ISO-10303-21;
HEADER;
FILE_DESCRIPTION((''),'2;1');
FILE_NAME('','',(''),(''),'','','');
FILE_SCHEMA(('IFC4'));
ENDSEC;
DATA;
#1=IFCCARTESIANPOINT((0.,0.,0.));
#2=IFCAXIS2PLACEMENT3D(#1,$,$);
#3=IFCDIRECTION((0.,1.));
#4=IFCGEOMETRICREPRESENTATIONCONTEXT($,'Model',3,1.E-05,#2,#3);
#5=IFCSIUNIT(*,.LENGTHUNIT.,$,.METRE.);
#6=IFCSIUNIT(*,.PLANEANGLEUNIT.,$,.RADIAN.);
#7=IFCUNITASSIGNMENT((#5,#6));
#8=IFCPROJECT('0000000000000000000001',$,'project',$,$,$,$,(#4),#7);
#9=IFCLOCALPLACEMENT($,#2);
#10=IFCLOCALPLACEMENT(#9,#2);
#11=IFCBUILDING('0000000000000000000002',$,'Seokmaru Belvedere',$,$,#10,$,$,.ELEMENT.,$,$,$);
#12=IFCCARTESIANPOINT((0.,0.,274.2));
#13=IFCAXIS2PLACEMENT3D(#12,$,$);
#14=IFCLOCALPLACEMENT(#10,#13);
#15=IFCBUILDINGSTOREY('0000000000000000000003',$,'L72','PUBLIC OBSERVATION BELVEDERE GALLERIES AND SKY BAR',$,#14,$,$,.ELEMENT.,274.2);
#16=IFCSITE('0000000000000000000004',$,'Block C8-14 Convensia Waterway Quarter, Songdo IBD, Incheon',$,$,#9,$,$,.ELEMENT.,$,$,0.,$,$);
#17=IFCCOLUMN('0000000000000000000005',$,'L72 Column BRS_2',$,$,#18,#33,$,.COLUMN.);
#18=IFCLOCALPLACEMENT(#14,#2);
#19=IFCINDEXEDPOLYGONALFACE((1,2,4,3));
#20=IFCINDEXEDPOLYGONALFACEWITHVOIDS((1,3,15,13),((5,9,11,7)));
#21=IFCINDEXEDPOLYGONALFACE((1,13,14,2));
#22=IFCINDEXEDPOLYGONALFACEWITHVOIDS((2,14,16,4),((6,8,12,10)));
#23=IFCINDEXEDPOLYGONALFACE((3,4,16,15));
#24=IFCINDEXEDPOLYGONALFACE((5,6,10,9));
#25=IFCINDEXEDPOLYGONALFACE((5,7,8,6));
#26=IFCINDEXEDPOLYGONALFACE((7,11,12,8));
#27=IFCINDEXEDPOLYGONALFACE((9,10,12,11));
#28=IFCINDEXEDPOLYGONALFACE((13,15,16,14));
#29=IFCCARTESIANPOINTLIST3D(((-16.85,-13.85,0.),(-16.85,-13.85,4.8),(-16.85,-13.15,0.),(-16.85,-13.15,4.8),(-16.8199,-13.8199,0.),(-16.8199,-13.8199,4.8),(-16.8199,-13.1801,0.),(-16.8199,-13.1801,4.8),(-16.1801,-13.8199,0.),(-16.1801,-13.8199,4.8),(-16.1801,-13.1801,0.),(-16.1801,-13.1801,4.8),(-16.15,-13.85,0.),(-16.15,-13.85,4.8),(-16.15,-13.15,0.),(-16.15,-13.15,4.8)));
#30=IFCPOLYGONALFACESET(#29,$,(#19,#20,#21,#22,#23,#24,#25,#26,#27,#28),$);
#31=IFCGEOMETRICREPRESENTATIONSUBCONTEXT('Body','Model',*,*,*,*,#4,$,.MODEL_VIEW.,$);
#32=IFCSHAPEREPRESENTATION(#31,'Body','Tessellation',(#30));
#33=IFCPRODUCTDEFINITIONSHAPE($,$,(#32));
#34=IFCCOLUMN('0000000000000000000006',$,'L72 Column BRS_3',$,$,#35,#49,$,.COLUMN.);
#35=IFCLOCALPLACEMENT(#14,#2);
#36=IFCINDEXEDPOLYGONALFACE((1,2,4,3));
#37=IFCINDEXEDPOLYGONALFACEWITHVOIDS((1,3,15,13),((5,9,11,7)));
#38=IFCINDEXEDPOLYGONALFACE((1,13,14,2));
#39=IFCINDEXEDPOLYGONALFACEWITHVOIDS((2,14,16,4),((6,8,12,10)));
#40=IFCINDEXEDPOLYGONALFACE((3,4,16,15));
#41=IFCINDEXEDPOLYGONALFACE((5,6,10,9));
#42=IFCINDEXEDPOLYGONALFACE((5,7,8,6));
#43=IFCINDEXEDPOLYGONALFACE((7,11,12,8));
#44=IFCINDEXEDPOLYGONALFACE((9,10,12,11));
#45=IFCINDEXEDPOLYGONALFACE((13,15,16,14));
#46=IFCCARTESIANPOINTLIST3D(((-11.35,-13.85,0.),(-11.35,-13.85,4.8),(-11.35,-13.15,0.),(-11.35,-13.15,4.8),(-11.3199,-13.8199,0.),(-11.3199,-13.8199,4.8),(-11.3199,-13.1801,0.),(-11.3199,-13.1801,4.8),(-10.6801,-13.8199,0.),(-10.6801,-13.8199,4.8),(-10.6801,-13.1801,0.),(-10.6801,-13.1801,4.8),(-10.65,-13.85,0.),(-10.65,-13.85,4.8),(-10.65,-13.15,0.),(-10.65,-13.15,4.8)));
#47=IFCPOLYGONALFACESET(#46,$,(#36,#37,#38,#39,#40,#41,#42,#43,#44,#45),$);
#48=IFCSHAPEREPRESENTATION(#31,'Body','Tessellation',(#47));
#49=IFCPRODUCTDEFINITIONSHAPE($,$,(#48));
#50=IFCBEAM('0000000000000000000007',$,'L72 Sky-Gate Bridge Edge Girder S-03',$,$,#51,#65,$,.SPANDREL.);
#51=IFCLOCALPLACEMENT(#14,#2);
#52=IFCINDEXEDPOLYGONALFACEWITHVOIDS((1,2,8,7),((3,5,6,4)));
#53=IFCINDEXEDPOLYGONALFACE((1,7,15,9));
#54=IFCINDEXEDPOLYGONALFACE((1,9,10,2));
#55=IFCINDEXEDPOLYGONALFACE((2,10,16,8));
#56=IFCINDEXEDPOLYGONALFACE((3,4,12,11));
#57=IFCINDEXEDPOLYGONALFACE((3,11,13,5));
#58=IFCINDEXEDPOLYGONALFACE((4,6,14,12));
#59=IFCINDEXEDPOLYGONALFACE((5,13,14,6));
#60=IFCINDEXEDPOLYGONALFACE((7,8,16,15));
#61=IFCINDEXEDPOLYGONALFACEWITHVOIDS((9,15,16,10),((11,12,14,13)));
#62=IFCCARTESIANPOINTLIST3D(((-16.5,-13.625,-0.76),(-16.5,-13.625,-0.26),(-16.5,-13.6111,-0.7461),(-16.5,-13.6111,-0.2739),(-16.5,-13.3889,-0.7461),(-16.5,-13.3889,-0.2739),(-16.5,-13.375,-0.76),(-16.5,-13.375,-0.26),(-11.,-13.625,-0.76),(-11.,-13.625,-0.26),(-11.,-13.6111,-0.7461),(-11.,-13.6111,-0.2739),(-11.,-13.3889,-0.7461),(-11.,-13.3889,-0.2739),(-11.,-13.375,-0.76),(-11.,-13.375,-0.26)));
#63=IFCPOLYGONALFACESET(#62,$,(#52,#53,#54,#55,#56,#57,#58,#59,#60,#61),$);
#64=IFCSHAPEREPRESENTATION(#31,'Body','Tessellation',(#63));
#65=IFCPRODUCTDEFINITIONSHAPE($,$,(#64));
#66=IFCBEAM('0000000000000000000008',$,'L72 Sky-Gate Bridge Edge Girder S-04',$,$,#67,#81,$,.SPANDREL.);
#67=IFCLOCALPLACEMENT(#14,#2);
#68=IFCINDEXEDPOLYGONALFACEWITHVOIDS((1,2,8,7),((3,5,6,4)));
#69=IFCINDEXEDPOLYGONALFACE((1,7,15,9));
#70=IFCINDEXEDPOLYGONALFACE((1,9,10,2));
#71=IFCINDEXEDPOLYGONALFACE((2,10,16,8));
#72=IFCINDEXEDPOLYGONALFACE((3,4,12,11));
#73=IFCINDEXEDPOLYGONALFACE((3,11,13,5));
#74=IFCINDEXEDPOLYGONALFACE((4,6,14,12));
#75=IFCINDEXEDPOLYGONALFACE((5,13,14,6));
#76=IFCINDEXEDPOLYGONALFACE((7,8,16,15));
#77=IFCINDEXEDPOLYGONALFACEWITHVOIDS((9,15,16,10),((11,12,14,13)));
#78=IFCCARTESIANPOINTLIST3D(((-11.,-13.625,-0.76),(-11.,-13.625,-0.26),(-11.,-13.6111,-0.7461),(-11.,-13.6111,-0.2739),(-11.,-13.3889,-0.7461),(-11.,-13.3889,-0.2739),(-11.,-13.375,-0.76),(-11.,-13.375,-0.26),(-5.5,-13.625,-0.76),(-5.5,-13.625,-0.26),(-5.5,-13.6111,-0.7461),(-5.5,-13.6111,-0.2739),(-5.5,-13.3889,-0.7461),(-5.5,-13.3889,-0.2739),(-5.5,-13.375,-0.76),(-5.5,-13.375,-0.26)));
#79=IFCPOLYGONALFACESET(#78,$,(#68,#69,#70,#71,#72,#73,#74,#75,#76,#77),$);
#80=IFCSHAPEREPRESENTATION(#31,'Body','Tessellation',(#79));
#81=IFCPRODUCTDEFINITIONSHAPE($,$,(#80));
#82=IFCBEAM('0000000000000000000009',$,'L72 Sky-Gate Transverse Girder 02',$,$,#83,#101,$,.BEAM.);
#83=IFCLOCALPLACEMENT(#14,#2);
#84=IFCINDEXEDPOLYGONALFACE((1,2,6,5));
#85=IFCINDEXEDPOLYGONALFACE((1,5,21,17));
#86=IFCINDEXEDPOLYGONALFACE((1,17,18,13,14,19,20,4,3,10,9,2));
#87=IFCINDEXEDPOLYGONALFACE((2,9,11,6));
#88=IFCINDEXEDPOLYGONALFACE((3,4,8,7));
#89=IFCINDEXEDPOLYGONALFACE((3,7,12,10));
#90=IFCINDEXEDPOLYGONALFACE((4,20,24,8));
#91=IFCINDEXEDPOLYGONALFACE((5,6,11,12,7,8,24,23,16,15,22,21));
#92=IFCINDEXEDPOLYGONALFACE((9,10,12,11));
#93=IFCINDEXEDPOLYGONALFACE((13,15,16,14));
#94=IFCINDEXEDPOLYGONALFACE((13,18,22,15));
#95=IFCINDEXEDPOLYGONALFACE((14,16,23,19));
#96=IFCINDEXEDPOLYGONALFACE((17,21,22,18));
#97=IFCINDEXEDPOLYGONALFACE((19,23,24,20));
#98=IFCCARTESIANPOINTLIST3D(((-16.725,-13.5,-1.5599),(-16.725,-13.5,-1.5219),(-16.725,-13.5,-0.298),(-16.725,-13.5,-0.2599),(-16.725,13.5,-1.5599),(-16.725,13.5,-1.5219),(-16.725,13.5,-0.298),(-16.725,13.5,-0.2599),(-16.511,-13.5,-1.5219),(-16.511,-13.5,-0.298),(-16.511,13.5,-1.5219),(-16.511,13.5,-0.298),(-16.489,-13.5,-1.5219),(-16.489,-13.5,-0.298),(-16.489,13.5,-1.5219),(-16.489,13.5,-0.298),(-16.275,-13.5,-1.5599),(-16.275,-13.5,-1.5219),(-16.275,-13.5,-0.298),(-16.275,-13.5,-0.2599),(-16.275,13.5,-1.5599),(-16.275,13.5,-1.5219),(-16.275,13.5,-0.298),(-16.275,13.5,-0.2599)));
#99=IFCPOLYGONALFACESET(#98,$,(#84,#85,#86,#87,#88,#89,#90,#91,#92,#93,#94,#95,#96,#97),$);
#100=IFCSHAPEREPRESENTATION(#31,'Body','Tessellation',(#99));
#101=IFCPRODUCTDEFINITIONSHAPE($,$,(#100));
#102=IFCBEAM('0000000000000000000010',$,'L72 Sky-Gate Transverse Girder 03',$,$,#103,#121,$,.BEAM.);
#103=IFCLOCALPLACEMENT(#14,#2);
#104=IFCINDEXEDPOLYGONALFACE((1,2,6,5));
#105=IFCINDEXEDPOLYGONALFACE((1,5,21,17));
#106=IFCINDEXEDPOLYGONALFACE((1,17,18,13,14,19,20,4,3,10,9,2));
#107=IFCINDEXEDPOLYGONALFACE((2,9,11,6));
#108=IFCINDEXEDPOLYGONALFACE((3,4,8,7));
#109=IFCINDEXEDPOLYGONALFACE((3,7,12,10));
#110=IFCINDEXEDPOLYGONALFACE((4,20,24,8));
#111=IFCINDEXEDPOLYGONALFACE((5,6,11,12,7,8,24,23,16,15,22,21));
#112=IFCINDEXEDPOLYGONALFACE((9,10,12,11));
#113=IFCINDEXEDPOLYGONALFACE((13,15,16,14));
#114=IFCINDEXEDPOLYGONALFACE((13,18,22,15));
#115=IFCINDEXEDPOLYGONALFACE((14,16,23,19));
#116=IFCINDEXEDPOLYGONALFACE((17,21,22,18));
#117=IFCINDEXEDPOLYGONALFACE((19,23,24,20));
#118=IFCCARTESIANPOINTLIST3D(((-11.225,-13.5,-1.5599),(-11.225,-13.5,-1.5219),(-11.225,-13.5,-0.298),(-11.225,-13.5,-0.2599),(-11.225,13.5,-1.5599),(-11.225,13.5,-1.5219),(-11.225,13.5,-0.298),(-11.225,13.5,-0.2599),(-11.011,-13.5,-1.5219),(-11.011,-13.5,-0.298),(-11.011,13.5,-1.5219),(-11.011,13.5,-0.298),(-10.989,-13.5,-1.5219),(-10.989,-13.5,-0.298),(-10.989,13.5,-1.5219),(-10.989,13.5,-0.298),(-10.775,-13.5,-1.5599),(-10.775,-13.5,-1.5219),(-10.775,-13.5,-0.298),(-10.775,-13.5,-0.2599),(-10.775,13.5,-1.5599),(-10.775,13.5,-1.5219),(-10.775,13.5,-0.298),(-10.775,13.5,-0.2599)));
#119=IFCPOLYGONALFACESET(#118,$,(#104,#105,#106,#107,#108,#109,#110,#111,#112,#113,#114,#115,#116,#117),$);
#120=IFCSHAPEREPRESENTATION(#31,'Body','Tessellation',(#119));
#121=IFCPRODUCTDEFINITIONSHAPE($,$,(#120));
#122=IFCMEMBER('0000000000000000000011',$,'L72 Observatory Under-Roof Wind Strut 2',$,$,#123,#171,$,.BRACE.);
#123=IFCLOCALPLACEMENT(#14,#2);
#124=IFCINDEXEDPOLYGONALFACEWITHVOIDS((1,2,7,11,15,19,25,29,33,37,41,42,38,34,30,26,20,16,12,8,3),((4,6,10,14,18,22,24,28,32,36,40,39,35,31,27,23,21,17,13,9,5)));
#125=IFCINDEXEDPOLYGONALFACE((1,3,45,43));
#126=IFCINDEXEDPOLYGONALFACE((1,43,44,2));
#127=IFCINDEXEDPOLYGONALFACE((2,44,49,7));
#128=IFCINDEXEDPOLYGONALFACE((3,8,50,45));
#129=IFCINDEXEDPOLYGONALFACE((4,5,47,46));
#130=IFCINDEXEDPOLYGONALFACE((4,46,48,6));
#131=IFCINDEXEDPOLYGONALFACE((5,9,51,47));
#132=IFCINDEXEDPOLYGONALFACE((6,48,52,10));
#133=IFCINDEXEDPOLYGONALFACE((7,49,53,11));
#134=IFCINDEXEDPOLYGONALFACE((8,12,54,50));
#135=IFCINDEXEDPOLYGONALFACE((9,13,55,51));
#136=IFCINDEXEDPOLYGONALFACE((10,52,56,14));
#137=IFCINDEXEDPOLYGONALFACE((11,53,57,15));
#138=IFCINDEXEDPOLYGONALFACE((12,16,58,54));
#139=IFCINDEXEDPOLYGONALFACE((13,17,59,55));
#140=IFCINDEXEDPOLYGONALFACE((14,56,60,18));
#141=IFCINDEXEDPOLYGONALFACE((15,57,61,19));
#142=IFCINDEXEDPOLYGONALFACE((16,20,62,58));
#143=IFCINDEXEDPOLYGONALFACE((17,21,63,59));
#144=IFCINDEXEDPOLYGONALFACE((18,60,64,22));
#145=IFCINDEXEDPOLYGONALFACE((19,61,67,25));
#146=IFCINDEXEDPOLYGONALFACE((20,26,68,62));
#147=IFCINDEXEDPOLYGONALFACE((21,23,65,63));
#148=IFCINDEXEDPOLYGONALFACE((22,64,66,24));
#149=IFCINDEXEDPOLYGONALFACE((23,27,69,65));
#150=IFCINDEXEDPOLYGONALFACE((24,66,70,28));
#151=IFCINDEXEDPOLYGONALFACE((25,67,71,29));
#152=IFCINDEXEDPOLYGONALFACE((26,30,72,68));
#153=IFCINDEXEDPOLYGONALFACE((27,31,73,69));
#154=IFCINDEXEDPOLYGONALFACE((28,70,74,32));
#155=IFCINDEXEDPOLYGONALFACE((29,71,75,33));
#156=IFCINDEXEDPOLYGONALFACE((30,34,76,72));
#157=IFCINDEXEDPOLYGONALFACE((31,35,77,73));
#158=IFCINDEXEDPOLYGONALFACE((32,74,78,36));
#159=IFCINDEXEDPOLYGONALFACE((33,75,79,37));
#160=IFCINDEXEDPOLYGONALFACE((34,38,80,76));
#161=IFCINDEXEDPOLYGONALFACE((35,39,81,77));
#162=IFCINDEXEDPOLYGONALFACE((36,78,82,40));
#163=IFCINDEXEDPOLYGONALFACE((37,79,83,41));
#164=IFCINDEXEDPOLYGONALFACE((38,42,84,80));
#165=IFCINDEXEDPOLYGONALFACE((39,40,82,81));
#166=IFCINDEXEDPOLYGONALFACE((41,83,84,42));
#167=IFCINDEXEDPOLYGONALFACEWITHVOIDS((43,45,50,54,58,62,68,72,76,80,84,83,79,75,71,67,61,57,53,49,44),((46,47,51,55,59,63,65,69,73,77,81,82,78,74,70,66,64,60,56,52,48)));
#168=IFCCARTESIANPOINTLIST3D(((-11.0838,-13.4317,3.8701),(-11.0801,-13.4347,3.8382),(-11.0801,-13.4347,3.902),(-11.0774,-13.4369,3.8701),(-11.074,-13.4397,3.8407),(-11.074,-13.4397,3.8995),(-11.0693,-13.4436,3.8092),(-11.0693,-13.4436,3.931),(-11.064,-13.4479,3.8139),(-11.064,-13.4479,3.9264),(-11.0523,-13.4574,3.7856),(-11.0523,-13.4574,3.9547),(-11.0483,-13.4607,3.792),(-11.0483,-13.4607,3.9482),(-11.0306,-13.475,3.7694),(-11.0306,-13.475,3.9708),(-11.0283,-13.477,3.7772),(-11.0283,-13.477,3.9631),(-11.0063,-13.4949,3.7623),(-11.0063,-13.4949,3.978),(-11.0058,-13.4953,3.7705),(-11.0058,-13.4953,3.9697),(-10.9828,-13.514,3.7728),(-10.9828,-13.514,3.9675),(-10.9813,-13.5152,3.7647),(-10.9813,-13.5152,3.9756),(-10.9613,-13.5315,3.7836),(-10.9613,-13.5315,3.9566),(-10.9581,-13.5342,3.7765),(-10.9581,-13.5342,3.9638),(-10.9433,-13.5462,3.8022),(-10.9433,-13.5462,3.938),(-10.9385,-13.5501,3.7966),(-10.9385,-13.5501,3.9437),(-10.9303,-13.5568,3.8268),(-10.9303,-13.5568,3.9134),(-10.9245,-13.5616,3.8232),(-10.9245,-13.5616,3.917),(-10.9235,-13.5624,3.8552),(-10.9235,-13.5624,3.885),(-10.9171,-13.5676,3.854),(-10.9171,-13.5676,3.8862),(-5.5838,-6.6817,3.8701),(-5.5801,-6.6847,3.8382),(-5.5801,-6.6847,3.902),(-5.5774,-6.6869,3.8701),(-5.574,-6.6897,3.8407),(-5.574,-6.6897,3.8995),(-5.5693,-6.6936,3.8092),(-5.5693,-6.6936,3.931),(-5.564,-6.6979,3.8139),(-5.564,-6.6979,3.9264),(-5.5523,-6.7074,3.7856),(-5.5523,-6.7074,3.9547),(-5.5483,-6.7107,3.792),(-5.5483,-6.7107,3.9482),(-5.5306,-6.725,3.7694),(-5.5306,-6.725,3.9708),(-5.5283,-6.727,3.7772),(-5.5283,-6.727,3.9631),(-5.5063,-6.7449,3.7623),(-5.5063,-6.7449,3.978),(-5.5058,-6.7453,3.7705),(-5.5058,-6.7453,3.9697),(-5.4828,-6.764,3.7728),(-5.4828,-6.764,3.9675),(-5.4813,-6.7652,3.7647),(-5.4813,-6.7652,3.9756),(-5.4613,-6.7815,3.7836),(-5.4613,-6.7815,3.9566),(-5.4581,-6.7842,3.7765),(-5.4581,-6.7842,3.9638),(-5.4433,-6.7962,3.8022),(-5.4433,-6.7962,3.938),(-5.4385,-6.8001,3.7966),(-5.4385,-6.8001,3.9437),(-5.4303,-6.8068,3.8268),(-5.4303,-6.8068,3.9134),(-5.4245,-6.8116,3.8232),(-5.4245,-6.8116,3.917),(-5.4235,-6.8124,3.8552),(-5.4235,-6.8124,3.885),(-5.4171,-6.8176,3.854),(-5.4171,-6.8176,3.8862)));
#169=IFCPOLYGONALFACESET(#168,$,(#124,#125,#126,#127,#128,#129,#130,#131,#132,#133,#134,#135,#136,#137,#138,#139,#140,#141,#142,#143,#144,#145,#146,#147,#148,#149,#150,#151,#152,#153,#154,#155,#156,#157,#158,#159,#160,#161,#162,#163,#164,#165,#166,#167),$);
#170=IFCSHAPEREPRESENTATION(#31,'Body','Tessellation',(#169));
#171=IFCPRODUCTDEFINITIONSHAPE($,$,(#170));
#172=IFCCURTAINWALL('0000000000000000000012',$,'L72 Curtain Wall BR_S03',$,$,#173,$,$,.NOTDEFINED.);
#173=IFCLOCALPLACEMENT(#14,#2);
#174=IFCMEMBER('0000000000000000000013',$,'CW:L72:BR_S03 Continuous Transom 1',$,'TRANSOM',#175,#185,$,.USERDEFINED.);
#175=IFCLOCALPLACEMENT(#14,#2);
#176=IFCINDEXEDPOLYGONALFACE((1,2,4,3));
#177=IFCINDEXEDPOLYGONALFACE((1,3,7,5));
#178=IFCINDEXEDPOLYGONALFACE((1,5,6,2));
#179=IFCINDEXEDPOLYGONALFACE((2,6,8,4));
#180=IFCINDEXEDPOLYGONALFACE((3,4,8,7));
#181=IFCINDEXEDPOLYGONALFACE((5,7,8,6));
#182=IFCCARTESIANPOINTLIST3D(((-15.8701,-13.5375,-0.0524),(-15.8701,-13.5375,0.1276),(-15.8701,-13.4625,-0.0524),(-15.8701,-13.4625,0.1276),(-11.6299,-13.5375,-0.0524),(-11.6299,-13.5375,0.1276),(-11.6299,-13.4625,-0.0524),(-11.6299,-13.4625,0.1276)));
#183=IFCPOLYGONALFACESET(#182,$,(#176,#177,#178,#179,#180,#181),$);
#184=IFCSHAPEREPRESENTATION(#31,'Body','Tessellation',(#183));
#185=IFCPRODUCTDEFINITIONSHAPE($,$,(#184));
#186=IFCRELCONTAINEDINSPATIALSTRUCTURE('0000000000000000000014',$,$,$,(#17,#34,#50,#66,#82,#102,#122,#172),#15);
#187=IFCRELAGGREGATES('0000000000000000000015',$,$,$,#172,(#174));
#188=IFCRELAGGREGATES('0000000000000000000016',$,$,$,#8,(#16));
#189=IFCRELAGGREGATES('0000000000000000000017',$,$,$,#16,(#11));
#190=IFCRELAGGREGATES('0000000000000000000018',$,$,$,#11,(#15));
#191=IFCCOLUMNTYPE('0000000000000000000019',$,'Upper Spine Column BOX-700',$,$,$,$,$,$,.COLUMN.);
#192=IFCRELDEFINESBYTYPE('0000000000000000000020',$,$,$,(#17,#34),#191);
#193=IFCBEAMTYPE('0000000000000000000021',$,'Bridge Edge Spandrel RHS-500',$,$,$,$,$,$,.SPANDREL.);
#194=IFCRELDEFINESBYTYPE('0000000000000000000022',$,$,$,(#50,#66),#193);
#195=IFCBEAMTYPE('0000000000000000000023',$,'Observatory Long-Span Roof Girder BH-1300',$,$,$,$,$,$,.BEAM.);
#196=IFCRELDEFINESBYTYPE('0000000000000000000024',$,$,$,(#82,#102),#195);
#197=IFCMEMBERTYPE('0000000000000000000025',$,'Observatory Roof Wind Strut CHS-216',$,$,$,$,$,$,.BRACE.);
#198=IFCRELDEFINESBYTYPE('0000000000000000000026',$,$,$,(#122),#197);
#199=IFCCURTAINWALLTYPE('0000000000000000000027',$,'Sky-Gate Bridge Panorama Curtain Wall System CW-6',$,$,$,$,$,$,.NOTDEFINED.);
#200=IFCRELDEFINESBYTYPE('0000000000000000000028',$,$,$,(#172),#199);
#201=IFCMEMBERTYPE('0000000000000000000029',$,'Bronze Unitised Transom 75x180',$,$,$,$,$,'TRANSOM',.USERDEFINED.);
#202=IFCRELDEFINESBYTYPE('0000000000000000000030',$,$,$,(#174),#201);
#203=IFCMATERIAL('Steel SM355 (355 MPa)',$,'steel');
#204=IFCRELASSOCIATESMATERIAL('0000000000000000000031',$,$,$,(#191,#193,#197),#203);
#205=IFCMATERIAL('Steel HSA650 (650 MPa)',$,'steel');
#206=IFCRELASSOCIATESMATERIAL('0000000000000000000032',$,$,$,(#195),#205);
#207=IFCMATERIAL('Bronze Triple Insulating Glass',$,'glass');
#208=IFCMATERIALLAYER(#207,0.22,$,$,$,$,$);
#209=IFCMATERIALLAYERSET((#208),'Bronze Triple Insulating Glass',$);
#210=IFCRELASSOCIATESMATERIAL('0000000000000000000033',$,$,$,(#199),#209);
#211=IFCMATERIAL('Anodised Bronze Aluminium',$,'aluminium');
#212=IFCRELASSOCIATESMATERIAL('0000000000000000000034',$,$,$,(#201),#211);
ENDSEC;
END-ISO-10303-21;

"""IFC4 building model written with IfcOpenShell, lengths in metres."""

from ifc_helpers import new_model, si_unit, direction, frame, origin, origin_2d, place, context, subcontext, project, spatial, rectangle, hollow_rectangle, hollow_circle, i_section, extrude, source, transform, mapped, material, layer, layer_set, material_profile, profile_set, type_object, type_shapes, element, aggregate, save


model = new_model("IFC4")

# Units and contexts
model_context = context("Model", 3, precision=1e-05, world=origin(), true_north=direction((0.0, 1.0)))
body_context = subcontext(model_context, "Body", "Model", "MODEL_VIEW")
ifc_project = project(units=[si_unit("LENGTHUNIT", "METRE"), si_unit("PLANEANGLEUNIT", "RADIAN")], contexts=[model_context])

# Site, building, storey
site_placement = place(None, origin())
site = spatial("IfcSite", under=ifc_project, at=site_placement, Name="Block C8-14 Convensia Waterway Quarter, Songdo IBD, Incheon", CompositionType="ELEMENT", RefElevation=0.0)
building_placement = place(site_placement, origin())
building = spatial("IfcBuilding", under=site, at=building_placement, Name="Seokmaru Belvedere", CompositionType="ELEMENT")
storey_placement = place(building_placement, frame((0.0, 0.0, 274.2)))
storey = spatial("IfcBuildingStorey", under=building, at=storey_placement, Name="L72", Description="PUBLIC OBSERVATION BELVEDERE GALLERIES AND SKY BAR", CompositionType="ELEMENT", Elevation=274.2)

# Columns
ifc_material_1 = material(Name="Steel SM355 (355 MPa)", Category="steel")
ifc_material_profile_1 = material_profile(ifc_material_1, hollow_rectangle(XDim=0.7, YDim=0.7, WallThickness=0.03, at=origin_2d()), Name="BOX-700x700x30")
ifc_profile_set_1 = profile_set([ifc_material_profile_1], Name="Steel SM355 (355 MPa)")
column_type = type_object("IfcColumnType", Name="Upper Spine Column BOX-700", PredefinedType="COLUMN", material=ifc_profile_set_1)
shared_shape_1 = source(origin(), body_context, "Body", "SweptSolid", [
    extrude(hollow_rectangle(XDim=0.7, YDim=0.7, WallThickness=0.03, at=origin_2d()), origin(), (0.0, 0.0, 1.0), 4.8),
])
type_shapes(column_type, [shared_shape_1])
for number, where, z_axis, x_axis, name in (
    (1, (-16.5, -13.5, 0.0), (0.0, 0.0, 1.0), (1.0, 0.0, 0.0), "L72 Column BRS_2"),
    (2, (-11.0, -13.5, 0.0), (0.0, 0.0, 1.0), (1.0, 0.0, 0.0), "L72 Column BRS_3"),
):
    element("IfcColumn", number, at=place(storey_placement, frame(where, z_axis=z_axis, x_axis=x_axis)), inside=storey, type_object=column_type, Name=name, PredefinedType="COLUMN", context=body_context, shape_type="MappedRepresentation", body=[
        mapped(shared_shape_1, transform((0.0, 0.0, 0.0), scale=1.0)),
    ])

# Beams
ifc_material_profile_2 = material_profile(ifc_material_1, hollow_rectangle(XDim=0.25, YDim=0.5, WallThickness=0.0139, at=origin_2d()), Name="RHS-500x250x14")
ifc_profile_set_2 = profile_set([ifc_material_profile_2], Name="Steel SM355 (355 MPa)")
beam_type_1 = type_object("IfcBeamType", Name="Bridge Edge Spandrel RHS-500", PredefinedType="SPANDREL", material=ifc_profile_set_2)
shared_shape_2 = source(origin(), body_context, "Body", "SweptSolid", [
    extrude(hollow_rectangle(XDim=0.25, YDim=0.5, WallThickness=0.0139, at=origin_2d()), origin(), (0.0, 0.0, 1.0), 5.5),
])
type_shapes(beam_type_1, [shared_shape_2])
for number, where, z_axis, x_axis, name in (
    (3, (-16.5, -13.5, -0.51), (1.0, 0.0, 0.0), (0.0, 1.0, 0.0), "L72 Sky-Gate Bridge Edge Girder S-03"),
    (4, (-11.0, -13.5, -0.51), (1.0, 0.0, 0.0), (0.0, 1.0, 0.0), "L72 Sky-Gate Bridge Edge Girder S-04"),
):
    element("IfcBeam", number, at=place(storey_placement, frame(where, z_axis=z_axis, x_axis=x_axis)), inside=storey, type_object=beam_type_1, Name=name, PredefinedType="SPANDREL", context=body_context, shape_type="MappedRepresentation", body=[
        mapped(shared_shape_2, transform((0.0, 0.0, 0.0), scale=1.0)),
    ])
ifc_material_2 = material(Name="Steel HSA650 (650 MPa)", Category="steel")
ifc_material_profile_3 = material_profile(ifc_material_2, i_section(OverallWidth=0.45, OverallDepth=1.3, WebThickness=0.022, FlangeThickness=0.0381, at=origin_2d()), Name="BH-1300x450x22x38")
ifc_profile_set_3 = profile_set([ifc_material_profile_3], Name="Steel HSA650 (650 MPa)")
beam_type_2 = type_object("IfcBeamType", Name="Observatory Long-Span Roof Girder BH-1300", PredefinedType="BEAM", material=ifc_profile_set_3)
shared_shape_3 = source(origin(), body_context, "Body", "SweptSolid", [
    extrude(i_section(OverallWidth=0.45, OverallDepth=1.3, WebThickness=0.022, FlangeThickness=0.0381, at=origin_2d()), origin(), (0.0, 0.0, 1.0), 27.0),
])
type_shapes(beam_type_2, [shared_shape_3])
for number, where, z_axis, x_axis, name in (
    (5, (-16.5, -13.5, -0.9099), (0.0, 1.0, 0.0), (-1.0, 0.0, 0.0), "L72 Sky-Gate Transverse Girder 02"),
    (6, (-11.0, -13.5, -0.9099), (0.0, 1.0, 0.0), (-1.0, 0.0, 0.0), "L72 Sky-Gate Transverse Girder 03"),
):
    element("IfcBeam", number, at=place(storey_placement, frame(where, z_axis=z_axis, x_axis=x_axis)), inside=storey, type_object=beam_type_2, Name=name, PredefinedType="BEAM", context=body_context, shape_type="MappedRepresentation", body=[
        mapped(shared_shape_3, transform((0.0, 0.0, 0.0), scale=1.0)),
    ])

# Member
ifc_material_profile_4 = material_profile(ifc_material_1, hollow_circle(Radius=0.1082, WallThickness=0.0083, at=origin_2d()), Name="CHS-216.3x8.2")
ifc_profile_set_4 = profile_set([ifc_material_profile_4], Name="Steel SM355 (355 MPa)")
member_type_1 = type_object("IfcMemberType", Name="Observatory Roof Wind Strut CHS-216", PredefinedType="BRACE", material=ifc_profile_set_4)
shared_shape_4 = source(origin(), body_context, "Body", "SweptSolid", [
    extrude(hollow_circle(Radius=0.1082, WallThickness=0.0083, at=origin_2d()), origin(), (0.0, 0.0, 1.0), 8.707),
])
type_shapes(member_type_1, [shared_shape_4])
member_1_placement = place(storey_placement, frame((-11.0, -13.5, 3.8701), z_axis=(0.631673, 0.775235, 0.0), x_axis=(-0.775235, 0.631673, 0.0)))
element("IfcMember", 7, at=member_1_placement, inside=storey, type_object=member_type_1, Name="L72 Observatory Under-Roof Wind Strut 2", PredefinedType="BRACE", context=body_context, shape_type="MappedRepresentation", body=[
    mapped(shared_shape_4, transform((0.0, 0.0, 0.0), scale=1.0)),
])

# Curtain wall, member
ifc_material_3 = material(Name="Bronze Triple Insulating Glass", Category="glass")
ifc_layer_1 = layer(ifc_material_3, 0.22)
ifc_layer_set_1 = layer_set([ifc_layer_1], Name="Bronze Triple Insulating Glass")
curtain_wall_type = type_object("IfcCurtainWallType", Name="Sky-Gate Bridge Panorama Curtain Wall System CW-6", PredefinedType="NOTDEFINED", material=ifc_layer_set_1)
curtain_wall_1_placement = place(storey_placement, origin())
curtain_wall_1 = element("IfcCurtainWall", 8, at=curtain_wall_1_placement, inside=storey, type_object=curtain_wall_type, Name="L72 Curtain Wall BR_S03", PredefinedType="NOTDEFINED")
ifc_material_4 = material(Name="Anodised Bronze Aluminium", Category="aluminium")
ifc_material_profile_5 = material_profile(ifc_material_4, rectangle(XDim=0.075, YDim=0.1799, at=origin_2d()), Name="CW-T-75x180")
ifc_profile_set_5 = profile_set([ifc_material_profile_5], Name="Anodised Bronze Aluminium")
member_type_2 = type_object("IfcMemberType", Name="Bronze Unitised Transom 75x180", ElementType="TRANSOM", PredefinedType="USERDEFINED", material=ifc_profile_set_5)
shared_shape_5 = source(origin(), body_context, "Body", "SweptSolid", [
    extrude(rectangle(XDim=0.075, YDim=0.1799, at=origin_2d()), origin(), (0.0, 0.0, 1.0), 4.2402),
])
type_shapes(member_type_2, [shared_shape_5])
member_2_placement = place(storey_placement, frame((-15.8701, -13.5, 0.0376), z_axis=(1.0, 0.0, 0.0), x_axis=(0.0, 1.0, 0.0)))
member_2 = element("IfcMember", 9, at=member_2_placement, type_object=member_type_2, Name="CW:L72:BR_S03 Continuous Transom 1", ObjectType="TRANSOM", PredefinedType="USERDEFINED", context=body_context, shape_type="MappedRepresentation", body=[
    mapped(shared_shape_5, transform((0.0, 0.0, 0.0), scale=1.0)),
])

aggregate(curtain_wall_1, [member_2])

save(model, "model.ifc")
